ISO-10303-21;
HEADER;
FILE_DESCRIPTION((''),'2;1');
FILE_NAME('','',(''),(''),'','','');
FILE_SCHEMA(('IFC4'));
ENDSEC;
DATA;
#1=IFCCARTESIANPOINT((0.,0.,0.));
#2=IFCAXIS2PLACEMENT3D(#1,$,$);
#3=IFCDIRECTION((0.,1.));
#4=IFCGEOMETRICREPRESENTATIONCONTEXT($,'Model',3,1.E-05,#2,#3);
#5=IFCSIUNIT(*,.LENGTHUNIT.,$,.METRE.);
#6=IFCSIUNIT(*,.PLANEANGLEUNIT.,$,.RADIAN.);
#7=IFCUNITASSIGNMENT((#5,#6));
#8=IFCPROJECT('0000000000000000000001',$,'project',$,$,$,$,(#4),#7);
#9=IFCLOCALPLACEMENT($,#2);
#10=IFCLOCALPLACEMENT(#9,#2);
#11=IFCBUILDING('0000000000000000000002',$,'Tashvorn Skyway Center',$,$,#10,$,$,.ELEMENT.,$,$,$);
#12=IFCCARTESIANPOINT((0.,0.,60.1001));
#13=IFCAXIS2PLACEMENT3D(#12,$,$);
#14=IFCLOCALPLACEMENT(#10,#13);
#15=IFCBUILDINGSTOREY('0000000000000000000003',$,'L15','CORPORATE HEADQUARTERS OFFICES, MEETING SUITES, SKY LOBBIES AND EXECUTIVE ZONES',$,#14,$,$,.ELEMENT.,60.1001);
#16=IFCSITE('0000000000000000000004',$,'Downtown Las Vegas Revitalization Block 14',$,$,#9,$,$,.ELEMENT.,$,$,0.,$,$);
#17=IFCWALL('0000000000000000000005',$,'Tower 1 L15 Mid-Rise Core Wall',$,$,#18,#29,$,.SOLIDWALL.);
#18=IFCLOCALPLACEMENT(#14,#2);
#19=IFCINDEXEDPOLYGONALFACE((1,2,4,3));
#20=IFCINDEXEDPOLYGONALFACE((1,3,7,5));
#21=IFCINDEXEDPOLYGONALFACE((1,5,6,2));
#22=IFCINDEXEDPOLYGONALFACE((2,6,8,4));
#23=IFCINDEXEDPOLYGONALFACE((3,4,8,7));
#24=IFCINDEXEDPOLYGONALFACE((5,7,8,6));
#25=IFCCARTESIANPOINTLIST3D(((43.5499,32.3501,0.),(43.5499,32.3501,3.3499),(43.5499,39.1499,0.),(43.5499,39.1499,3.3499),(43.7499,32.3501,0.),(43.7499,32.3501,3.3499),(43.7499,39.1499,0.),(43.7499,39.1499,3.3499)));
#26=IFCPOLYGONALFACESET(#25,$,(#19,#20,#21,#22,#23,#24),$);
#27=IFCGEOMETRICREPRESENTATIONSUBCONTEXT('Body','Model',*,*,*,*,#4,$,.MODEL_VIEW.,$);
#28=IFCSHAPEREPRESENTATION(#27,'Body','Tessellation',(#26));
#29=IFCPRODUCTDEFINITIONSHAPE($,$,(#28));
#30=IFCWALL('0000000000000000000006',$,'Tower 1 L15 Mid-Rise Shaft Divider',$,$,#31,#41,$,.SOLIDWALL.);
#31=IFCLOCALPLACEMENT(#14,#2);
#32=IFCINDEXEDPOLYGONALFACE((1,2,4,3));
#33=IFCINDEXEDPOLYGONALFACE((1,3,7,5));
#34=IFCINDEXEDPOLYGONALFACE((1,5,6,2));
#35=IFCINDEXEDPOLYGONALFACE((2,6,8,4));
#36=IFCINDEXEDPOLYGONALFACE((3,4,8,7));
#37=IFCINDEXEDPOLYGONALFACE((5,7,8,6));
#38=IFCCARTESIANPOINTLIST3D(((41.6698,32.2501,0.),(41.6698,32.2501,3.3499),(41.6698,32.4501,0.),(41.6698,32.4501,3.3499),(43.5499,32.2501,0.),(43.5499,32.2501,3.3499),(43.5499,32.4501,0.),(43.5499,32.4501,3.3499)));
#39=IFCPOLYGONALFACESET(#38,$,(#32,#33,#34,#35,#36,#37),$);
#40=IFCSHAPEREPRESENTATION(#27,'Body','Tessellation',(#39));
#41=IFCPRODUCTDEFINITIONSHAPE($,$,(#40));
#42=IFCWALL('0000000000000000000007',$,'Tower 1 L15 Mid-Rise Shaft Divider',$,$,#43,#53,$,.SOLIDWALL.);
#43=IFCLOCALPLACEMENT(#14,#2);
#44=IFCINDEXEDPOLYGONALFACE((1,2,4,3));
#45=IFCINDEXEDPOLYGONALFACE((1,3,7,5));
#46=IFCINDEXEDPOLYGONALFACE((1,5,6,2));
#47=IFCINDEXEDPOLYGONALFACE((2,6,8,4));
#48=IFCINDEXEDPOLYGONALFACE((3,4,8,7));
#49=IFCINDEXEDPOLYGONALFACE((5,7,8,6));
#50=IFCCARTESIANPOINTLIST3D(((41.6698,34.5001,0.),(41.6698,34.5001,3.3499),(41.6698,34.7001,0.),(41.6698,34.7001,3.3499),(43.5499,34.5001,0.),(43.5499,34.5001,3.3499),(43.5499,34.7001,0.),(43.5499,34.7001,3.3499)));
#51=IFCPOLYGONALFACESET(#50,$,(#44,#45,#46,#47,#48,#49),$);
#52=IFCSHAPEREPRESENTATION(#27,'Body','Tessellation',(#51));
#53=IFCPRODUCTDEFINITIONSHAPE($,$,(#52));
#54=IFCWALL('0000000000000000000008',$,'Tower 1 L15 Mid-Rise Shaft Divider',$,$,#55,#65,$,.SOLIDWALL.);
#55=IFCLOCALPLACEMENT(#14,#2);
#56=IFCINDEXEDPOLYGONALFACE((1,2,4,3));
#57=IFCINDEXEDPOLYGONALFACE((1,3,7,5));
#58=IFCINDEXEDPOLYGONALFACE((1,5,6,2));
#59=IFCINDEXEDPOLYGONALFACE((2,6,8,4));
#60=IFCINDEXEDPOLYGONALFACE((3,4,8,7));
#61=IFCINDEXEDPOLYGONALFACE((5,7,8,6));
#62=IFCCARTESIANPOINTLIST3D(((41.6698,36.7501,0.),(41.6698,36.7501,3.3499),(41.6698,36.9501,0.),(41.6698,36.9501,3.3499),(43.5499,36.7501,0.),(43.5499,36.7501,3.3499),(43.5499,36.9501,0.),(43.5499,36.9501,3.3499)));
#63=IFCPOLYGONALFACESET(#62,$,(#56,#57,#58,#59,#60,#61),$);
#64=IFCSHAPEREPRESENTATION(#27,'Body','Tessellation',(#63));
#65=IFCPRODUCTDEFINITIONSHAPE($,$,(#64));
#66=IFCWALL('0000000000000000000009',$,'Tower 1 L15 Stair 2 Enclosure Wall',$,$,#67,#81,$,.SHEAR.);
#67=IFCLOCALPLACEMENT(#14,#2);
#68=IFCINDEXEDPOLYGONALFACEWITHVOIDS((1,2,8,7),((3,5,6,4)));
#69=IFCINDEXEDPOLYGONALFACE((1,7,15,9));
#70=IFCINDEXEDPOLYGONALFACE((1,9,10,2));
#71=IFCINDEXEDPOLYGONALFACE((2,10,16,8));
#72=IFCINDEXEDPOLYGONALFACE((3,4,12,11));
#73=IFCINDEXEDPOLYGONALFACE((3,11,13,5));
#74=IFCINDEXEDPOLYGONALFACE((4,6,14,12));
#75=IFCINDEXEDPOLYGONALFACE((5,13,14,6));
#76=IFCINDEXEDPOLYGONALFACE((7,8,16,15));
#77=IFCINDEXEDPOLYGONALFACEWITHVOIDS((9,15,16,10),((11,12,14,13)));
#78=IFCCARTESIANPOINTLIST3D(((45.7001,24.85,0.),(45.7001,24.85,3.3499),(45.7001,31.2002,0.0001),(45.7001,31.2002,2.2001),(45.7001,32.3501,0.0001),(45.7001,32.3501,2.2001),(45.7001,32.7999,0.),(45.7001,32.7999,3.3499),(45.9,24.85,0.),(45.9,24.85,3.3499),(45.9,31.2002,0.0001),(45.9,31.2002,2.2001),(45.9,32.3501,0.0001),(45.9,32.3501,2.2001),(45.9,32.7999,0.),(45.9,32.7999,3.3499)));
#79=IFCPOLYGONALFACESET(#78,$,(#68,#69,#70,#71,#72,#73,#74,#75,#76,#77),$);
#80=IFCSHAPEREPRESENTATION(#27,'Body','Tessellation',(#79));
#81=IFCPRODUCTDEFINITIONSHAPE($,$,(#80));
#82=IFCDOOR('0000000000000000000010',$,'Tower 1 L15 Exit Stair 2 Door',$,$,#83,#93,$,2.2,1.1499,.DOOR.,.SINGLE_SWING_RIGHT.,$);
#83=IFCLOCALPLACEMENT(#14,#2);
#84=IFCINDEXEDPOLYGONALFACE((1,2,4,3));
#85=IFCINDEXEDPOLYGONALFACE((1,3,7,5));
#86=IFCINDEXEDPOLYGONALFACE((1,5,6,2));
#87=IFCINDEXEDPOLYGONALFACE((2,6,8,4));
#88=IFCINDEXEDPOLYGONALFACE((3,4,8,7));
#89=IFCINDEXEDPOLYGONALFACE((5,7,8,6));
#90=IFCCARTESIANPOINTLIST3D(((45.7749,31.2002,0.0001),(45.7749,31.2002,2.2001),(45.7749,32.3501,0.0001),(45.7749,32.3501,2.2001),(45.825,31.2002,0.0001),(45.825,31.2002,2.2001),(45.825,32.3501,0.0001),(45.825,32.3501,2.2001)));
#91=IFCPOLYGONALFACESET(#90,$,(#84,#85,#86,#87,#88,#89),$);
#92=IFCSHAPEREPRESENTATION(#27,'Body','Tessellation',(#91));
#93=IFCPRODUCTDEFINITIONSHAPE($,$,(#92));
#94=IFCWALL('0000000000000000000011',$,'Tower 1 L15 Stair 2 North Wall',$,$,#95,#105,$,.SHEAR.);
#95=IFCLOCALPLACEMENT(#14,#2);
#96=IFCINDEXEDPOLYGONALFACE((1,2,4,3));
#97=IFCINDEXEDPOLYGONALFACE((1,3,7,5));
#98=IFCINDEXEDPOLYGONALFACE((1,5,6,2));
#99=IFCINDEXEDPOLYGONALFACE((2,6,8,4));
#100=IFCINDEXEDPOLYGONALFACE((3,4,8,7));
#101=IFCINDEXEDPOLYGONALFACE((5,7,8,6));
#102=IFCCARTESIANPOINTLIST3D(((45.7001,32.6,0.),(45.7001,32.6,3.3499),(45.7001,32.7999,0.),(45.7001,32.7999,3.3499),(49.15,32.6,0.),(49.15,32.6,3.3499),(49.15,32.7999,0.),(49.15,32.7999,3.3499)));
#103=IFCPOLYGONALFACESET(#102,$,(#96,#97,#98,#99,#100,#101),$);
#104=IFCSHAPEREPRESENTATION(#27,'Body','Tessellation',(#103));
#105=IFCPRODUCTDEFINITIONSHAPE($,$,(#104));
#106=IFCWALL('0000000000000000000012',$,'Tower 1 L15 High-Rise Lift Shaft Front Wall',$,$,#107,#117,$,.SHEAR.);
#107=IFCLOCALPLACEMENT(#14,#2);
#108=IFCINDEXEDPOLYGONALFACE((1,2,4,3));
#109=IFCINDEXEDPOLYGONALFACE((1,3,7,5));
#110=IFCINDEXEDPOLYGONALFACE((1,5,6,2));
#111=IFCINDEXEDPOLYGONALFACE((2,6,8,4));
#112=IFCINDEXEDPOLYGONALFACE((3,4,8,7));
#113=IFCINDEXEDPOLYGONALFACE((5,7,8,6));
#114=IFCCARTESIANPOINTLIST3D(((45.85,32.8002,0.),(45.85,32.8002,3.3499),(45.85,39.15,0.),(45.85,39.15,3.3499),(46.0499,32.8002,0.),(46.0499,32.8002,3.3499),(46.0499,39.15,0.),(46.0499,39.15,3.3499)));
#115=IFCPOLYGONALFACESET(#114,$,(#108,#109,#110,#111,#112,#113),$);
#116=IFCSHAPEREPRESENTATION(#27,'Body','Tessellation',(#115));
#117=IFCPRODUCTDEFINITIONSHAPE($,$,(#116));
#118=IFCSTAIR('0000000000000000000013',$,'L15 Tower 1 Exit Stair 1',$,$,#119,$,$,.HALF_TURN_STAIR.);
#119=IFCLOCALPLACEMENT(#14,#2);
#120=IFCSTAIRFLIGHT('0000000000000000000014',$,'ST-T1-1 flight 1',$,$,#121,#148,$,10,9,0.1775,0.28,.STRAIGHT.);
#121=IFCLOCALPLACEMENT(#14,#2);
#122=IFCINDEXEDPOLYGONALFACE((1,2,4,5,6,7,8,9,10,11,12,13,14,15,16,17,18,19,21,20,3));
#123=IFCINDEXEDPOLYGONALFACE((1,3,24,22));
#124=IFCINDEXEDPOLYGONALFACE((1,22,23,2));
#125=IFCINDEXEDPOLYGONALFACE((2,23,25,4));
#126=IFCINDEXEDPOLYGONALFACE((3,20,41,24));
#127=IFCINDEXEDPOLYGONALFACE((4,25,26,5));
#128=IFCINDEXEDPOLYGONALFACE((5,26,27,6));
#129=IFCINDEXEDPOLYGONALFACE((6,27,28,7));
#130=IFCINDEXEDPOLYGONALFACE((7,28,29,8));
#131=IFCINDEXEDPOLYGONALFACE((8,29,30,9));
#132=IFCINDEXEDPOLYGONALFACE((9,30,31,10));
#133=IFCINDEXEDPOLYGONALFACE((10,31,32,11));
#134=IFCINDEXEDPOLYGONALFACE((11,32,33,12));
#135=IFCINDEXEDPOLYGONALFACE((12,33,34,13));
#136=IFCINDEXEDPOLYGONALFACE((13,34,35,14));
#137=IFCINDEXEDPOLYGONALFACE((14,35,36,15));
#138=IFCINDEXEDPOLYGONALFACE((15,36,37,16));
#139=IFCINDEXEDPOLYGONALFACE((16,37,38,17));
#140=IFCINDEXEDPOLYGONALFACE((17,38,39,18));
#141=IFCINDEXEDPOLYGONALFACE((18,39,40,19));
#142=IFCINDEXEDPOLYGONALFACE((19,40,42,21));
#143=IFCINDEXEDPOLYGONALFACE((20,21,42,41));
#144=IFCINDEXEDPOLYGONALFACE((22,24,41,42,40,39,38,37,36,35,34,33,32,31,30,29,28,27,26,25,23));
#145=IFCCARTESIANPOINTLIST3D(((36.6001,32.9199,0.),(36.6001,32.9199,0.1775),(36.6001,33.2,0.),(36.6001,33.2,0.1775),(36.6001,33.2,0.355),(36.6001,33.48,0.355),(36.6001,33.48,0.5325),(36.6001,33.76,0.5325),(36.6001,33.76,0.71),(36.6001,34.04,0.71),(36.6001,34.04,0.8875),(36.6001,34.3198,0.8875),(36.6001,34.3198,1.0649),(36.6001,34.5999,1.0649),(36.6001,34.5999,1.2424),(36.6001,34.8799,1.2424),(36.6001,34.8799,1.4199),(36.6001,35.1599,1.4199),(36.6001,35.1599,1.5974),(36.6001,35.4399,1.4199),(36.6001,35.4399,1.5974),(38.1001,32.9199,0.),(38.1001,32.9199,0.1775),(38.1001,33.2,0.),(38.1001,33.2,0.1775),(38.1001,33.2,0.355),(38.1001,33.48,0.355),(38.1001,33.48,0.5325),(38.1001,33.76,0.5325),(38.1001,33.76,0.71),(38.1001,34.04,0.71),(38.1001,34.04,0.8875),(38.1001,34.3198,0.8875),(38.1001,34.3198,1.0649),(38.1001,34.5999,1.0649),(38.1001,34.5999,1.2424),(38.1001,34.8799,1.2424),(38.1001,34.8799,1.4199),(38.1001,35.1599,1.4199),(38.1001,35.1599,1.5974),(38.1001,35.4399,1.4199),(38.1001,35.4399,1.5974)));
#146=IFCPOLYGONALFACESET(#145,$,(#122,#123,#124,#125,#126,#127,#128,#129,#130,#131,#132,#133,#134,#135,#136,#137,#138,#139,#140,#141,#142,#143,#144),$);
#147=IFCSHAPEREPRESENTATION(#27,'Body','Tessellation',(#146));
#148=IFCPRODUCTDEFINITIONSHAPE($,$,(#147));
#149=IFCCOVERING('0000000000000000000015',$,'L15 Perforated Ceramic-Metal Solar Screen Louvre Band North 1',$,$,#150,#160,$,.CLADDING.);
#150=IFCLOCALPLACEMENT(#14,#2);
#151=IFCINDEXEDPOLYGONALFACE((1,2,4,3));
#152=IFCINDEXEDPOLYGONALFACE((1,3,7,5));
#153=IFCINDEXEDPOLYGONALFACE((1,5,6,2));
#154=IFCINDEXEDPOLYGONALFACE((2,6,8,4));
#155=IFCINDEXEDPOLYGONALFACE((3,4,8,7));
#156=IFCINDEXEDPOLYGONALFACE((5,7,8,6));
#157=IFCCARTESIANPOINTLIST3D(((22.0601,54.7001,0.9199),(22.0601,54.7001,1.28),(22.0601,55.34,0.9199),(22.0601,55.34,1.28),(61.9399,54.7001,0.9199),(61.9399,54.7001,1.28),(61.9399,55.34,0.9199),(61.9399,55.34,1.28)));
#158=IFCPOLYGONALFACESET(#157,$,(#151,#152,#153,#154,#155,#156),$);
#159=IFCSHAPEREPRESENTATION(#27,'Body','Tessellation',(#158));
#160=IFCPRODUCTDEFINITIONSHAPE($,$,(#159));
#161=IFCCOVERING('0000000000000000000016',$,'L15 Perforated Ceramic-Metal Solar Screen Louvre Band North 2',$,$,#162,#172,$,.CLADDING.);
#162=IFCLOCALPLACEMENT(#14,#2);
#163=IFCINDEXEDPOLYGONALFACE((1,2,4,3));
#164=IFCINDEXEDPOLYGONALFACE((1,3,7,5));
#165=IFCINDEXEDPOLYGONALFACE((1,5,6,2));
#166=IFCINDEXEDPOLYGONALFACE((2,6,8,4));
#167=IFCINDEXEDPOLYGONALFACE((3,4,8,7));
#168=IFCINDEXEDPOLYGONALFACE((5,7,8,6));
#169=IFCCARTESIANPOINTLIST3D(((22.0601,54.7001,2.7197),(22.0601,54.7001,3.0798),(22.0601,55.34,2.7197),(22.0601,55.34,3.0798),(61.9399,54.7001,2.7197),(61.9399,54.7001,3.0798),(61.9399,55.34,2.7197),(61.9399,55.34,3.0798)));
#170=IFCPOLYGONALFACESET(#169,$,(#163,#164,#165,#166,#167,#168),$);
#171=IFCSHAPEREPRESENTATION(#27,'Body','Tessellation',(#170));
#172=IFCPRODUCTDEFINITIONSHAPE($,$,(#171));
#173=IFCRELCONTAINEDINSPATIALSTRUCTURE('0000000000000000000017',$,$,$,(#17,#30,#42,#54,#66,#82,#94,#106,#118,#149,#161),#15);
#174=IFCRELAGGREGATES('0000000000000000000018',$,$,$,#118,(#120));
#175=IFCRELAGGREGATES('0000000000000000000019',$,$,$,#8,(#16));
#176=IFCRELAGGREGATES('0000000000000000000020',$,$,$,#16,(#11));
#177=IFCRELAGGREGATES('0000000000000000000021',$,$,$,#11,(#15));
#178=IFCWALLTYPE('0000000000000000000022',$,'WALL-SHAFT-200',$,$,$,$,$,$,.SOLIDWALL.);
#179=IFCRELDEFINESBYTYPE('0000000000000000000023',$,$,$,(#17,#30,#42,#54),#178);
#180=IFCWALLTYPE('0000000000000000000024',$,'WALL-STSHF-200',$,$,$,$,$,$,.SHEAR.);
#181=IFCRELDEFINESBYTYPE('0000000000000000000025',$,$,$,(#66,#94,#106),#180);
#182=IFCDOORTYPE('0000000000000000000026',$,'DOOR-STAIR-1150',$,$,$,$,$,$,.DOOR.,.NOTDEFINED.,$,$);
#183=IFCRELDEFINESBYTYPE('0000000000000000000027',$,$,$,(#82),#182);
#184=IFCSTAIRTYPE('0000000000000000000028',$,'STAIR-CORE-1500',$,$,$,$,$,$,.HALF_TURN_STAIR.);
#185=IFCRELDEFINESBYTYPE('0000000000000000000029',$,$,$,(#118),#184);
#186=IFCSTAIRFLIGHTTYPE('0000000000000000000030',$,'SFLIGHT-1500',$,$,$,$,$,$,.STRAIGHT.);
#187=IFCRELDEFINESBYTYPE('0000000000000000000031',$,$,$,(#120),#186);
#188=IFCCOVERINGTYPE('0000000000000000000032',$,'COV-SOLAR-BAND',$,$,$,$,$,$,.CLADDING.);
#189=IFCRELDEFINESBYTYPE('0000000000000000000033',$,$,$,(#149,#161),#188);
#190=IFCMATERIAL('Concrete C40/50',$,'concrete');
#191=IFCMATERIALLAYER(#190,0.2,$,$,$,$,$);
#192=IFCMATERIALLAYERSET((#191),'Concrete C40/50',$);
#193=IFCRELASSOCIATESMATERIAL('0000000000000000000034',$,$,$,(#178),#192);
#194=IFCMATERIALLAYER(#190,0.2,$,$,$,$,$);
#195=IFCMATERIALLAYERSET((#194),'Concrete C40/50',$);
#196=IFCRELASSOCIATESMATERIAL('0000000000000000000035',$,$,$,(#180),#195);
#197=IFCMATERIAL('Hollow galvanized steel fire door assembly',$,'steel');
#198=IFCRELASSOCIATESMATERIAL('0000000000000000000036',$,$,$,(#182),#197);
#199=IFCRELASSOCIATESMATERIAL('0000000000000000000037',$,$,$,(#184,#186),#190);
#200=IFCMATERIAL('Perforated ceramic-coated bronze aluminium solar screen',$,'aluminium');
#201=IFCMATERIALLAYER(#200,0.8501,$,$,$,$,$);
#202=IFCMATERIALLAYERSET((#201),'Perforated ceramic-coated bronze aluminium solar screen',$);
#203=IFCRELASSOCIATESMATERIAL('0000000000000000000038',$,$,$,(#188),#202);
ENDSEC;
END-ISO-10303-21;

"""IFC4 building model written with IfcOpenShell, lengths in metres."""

from ifc_helpers import new_model, si_unit, direction, frame, frame_2d, origin, origin_2d, place, context, subcontext, project, spatial, polyline, rectangle, outline, extrude, material, layer, layer_set, type_object, element, fill, aggregate, save


model = new_model("IFC4")

# Units and contexts
model_context = context("Model", 3, precision=1e-05, world=origin(), true_north=direction((0.0, 1.0)))
body_context = subcontext(model_context, "Body", "Model", "MODEL_VIEW")
ifc_project = project(units=[si_unit("LENGTHUNIT", "METRE"), si_unit("PLANEANGLEUNIT", "RADIAN")], contexts=[model_context])

# Site, building, storey
site_placement = place(None, origin())
site = spatial("IfcSite", under=ifc_project, at=site_placement, Name="Downtown Las Vegas Revitalization Block 14", CompositionType="ELEMENT", RefElevation=0.0)
building_placement = place(site_placement, origin())
building = spatial("IfcBuilding", under=site, at=building_placement, Name="Tashvorn Skyway Center", CompositionType="ELEMENT")
storey_placement = place(building_placement, frame((0.0, 0.0, 60.1001)))
storey = spatial("IfcBuildingStorey", under=building, at=storey_placement, Name="L15", Description="CORPORATE HEADQUARTERS OFFICES, MEETING SUITES, SKY LOBBIES AND EXECUTIVE ZONES", CompositionType="ELEMENT", Elevation=60.1001)

# Shared definitions
ifc_material_1 = material(Name="Concrete C40/50", Category="concrete")
ifc_material_2 = material(Name="Hollow galvanized steel fire door assembly", Category="steel")

# Walls
ifc_layer_1 = layer(ifc_material_1, 0.2)
ifc_layer_set_1 = layer_set([ifc_layer_1], Name="Concrete C40/50")
wall_type_1 = type_object("IfcWallType", Name="WALL-SHAFT-200", PredefinedType="SOLIDWALL", material=ifc_layer_set_1)
wall_1_placement = place(storey_placement, frame((43.6499, 32.3501, 0.0), z_axis=(0.0, 0.0, 1.0), x_axis=(0.0, 1.0, 0.0)))
element("IfcWall", 1, at=wall_1_placement, inside=storey, type_object=wall_type_1, Name="Tower 1 L15 Mid-Rise Core Wall", PredefinedType="SOLIDWALL", context=body_context, shape_type="SweptSolid", body=[
    extrude(rectangle(XDim=6.7998, YDim=0.2, at=frame_2d((3.3999, 0.0))), origin(), (0.0, 0.0, 1.0), 3.3499),
])
for number, where, z_axis, x_axis, name in (
    (2, (41.6699, 32.3501, 0.0), (0.0, 0.0, 1.0), (1.0, 0.0, 0.0), "Tower 1 L15 Mid-Rise Shaft Divider"),
    (3, (41.6699, 34.6001, 0.0), (0.0, 0.0, 1.0), (1.0, 0.0, 0.0), "Tower 1 L15 Mid-Rise Shaft Divider"),
    (4, (41.6699, 36.8501, 0.0), (0.0, 0.0, 1.0), (1.0, 0.0, 0.0), "Tower 1 L15 Mid-Rise Shaft Divider"),
):
    element("IfcWall", number, at=place(storey_placement, frame(where, z_axis=z_axis, x_axis=x_axis)), inside=storey, type_object=wall_type_1, Name=name, PredefinedType="SOLIDWALL", context=body_context, shape_type="SweptSolid", body=[
        extrude(rectangle(XDim=1.8801, YDim=0.2, at=frame_2d((0.9399, 0.0))), origin(), (0.0, 0.0, 1.0), 3.3499),
    ])

# Wall, opening, door
ifc_layer_2 = layer(ifc_material_1, 0.2)
ifc_layer_set_2 = layer_set([ifc_layer_2], Name="Concrete C40/50")
wall_type_2 = type_object("IfcWallType", Name="WALL-STSHF-200", PredefinedType="SHEAR", material=ifc_layer_set_2)
wall_2_placement = place(storey_placement, frame((45.8, 32.8, 0.0), z_axis=(0.0, 0.0, 1.0), x_axis=(0.0, -1.0, 0.0)))
wall_2 = element("IfcWall", 5, at=wall_2_placement, inside=storey, type_object=wall_type_2, Name="Tower 1 L15 Stair 2 Enclosure Wall", PredefinedType="SHEAR", context=body_context, shape_type="SweptSolid", body=[
    extrude(rectangle(XDim=7.95, YDim=0.2, at=frame_2d((3.9751, 0.0))), origin(), (0.0, 0.0, 1.0), 3.3499),
])
opening_1_placement = place(wall_2_placement, frame((0.45, 0.0, 0.0)))
opening_1 = element("IfcOpeningElement", 6, at=opening_1_placement, cuts=wall_2, PredefinedType="OPENING", context=body_context, shape_type="SweptSolid", body=[
    extrude(rectangle(XDim=1.1499, YDim=2.2, at=frame_2d((0.575, 1.1001))), frame((0.0, 0.1099, 0.0), z_axis=(0.0, -1.0, 0.0), x_axis=(1.0, 0.0, 0.0)), (0.0, 0.0, 1.0), 0.22),
])
door_type_1 = type_object("IfcDoorType", Name="DOOR-STAIR-1150", OperationType="NOTDEFINED", PredefinedType="DOOR", material=ifc_material_2)
door_1_placement = place(opening_1_placement, origin())
door_1 = element("IfcDoor", 7, at=door_1_placement, inside=storey, type_object=door_type_1, Name="Tower 1 L15 Exit Stair 2 Door", OperationType="SINGLE_SWING_RIGHT", OverallHeight=2.2, OverallWidth=1.1499, PredefinedType="DOOR", context=body_context, shape_type="SweptSolid", body=[
    extrude(rectangle(XDim=1.1499, YDim=2.2, at=frame_2d((0.575, 1.1001))), frame((0.0, 0.0249, 0.0), z_axis=(0.0, -1.0, 0.0), x_axis=(1.0, 0.0, 0.0)), (0.0, 0.0, 1.0), 0.05),
])
fill(opening_1, door_1)

# Walls
wall_3_placement = place(storey_placement, frame((45.7, 32.7, 0.0), z_axis=(0.0, 0.0, 1.0), x_axis=(1.0, 0.0, 0.0)))
element("IfcWall", 8, at=wall_3_placement, inside=storey, type_object=wall_type_2, Name="Tower 1 L15 Stair 2 North Wall", PredefinedType="SHEAR", context=body_context, shape_type="SweptSolid", body=[
    extrude(rectangle(XDim=3.45, YDim=0.2, at=frame_2d((1.7251, 0.0))), origin(), (0.0, 0.0, 1.0), 3.3499),
])
wall_4_placement = place(storey_placement, frame((45.95, 39.1499, 0.0), z_axis=(0.0, 0.0, 1.0), x_axis=(0.0, -1.0, 0.0)))
element("IfcWall", 9, at=wall_4_placement, inside=storey, type_object=wall_type_2, Name="Tower 1 L15 High-Rise Lift Shaft Front Wall", PredefinedType="SHEAR", context=body_context, shape_type="SweptSolid", body=[
    extrude(rectangle(XDim=6.3499, YDim=0.2, at=frame_2d((3.1748, 0.0))), origin(), (0.0, 0.0, 1.0), 3.3499),
])

# Stair, stair flight
stair_type = type_object("IfcStairType", Name="STAIR-CORE-1500", PredefinedType="HALF_TURN_STAIR", material=ifc_material_1)
stair_placement = place(storey_placement, origin())
stair = element("IfcStair", 10, at=stair_placement, inside=storey, type_object=stair_type, Name="L15 Tower 1 Exit Stair 1", PredefinedType="HALF_TURN_STAIR")
stair_flight_type = type_object("IfcStairFlightType", Name="SFLIGHT-1500", PredefinedType="STRAIGHT", material=ifc_material_1)
stair_flight_placement = place(storey_placement, frame((37.3501, 32.9199, 0.0), z_axis=(0.0, 0.0, 1.0), x_axis=(0.0, 1.0, 0.0)))
stair_flight = element("IfcStairFlight", 11, at=stair_flight_placement, type_object=stair_flight_type, Name="ST-T1-1 flight 1", NumberOfRisers=10, NumberOfTreads=9, PredefinedType="STRAIGHT", RiserHeight=0.1775, TreadLength=0.28, context=body_context, shape_type="SweptSolid", body=[
    extrude(outline(polyline([(0.0, 0.0), (0.0, 0.1775), (0.28, 0.1775), (0.28, 0.355), (0.5601, 0.355), (0.5601, 0.5325), (0.8401, 0.5325), (0.8401, 0.71), (1.1201, 0.71), (1.1201, 0.8875), (1.3999, 0.8875), (1.3999, 1.0649), (1.6799, 1.0649), (1.6799, 1.2424), (1.96, 1.2424), (1.96, 1.4199), (2.24, 1.4199), (2.24, 1.5974), (2.52, 1.5974), (2.52, 1.7749), (2.52, 1.4199), (0.28, 0.0), (0.0, 0.0)])), frame((0.0, 0.75, 0.0), z_axis=(0.0, -1.0, 0.0), x_axis=(1.0, 0.0, 0.0)), (0.0, 0.0, 1.0), 1.5),
])
aggregate(stair, [stair_flight])

# Coverings
ifc_material_3 = material(Name="Perforated ceramic-coated bronze aluminium solar screen", Category="aluminium")
ifc_layer_3 = layer(ifc_material_3, 0.8501)
ifc_layer_set_3 = layer_set([ifc_layer_3], Name="Perforated ceramic-coated bronze aluminium solar screen")
covering_type = type_object("IfcCoveringType", Name="COV-SOLAR-BAND", PredefinedType="CLADDING", material=ifc_layer_set_3)
for number, where, z_axis, x_axis, name in (
    (12, (42.0, 55.02, 0.9199), (0.0, 0.0, 1.0), (1.0, 0.0, 0.0), "L15 Perforated Ceramic-Metal Solar Screen Louvre Band North 1"),
    (13, (42.0, 55.02, 2.7197), (0.0, 0.0, 1.0), (1.0, 0.0, 0.0), "L15 Perforated Ceramic-Metal Solar Screen Louvre Band North 2"),
):
    element("IfcCovering", number, at=place(storey_placement, frame(where, z_axis=z_axis, x_axis=x_axis)), inside=storey, type_object=covering_type, Name=name, PredefinedType="CLADDING", context=body_context, shape_type="SweptSolid", body=[
        extrude(rectangle(XDim=39.8799, YDim=0.6399, at=origin_2d()), origin(), (0.0, 0.0, 1.0), 0.3601),
    ])

save(model, "model.ifc")
